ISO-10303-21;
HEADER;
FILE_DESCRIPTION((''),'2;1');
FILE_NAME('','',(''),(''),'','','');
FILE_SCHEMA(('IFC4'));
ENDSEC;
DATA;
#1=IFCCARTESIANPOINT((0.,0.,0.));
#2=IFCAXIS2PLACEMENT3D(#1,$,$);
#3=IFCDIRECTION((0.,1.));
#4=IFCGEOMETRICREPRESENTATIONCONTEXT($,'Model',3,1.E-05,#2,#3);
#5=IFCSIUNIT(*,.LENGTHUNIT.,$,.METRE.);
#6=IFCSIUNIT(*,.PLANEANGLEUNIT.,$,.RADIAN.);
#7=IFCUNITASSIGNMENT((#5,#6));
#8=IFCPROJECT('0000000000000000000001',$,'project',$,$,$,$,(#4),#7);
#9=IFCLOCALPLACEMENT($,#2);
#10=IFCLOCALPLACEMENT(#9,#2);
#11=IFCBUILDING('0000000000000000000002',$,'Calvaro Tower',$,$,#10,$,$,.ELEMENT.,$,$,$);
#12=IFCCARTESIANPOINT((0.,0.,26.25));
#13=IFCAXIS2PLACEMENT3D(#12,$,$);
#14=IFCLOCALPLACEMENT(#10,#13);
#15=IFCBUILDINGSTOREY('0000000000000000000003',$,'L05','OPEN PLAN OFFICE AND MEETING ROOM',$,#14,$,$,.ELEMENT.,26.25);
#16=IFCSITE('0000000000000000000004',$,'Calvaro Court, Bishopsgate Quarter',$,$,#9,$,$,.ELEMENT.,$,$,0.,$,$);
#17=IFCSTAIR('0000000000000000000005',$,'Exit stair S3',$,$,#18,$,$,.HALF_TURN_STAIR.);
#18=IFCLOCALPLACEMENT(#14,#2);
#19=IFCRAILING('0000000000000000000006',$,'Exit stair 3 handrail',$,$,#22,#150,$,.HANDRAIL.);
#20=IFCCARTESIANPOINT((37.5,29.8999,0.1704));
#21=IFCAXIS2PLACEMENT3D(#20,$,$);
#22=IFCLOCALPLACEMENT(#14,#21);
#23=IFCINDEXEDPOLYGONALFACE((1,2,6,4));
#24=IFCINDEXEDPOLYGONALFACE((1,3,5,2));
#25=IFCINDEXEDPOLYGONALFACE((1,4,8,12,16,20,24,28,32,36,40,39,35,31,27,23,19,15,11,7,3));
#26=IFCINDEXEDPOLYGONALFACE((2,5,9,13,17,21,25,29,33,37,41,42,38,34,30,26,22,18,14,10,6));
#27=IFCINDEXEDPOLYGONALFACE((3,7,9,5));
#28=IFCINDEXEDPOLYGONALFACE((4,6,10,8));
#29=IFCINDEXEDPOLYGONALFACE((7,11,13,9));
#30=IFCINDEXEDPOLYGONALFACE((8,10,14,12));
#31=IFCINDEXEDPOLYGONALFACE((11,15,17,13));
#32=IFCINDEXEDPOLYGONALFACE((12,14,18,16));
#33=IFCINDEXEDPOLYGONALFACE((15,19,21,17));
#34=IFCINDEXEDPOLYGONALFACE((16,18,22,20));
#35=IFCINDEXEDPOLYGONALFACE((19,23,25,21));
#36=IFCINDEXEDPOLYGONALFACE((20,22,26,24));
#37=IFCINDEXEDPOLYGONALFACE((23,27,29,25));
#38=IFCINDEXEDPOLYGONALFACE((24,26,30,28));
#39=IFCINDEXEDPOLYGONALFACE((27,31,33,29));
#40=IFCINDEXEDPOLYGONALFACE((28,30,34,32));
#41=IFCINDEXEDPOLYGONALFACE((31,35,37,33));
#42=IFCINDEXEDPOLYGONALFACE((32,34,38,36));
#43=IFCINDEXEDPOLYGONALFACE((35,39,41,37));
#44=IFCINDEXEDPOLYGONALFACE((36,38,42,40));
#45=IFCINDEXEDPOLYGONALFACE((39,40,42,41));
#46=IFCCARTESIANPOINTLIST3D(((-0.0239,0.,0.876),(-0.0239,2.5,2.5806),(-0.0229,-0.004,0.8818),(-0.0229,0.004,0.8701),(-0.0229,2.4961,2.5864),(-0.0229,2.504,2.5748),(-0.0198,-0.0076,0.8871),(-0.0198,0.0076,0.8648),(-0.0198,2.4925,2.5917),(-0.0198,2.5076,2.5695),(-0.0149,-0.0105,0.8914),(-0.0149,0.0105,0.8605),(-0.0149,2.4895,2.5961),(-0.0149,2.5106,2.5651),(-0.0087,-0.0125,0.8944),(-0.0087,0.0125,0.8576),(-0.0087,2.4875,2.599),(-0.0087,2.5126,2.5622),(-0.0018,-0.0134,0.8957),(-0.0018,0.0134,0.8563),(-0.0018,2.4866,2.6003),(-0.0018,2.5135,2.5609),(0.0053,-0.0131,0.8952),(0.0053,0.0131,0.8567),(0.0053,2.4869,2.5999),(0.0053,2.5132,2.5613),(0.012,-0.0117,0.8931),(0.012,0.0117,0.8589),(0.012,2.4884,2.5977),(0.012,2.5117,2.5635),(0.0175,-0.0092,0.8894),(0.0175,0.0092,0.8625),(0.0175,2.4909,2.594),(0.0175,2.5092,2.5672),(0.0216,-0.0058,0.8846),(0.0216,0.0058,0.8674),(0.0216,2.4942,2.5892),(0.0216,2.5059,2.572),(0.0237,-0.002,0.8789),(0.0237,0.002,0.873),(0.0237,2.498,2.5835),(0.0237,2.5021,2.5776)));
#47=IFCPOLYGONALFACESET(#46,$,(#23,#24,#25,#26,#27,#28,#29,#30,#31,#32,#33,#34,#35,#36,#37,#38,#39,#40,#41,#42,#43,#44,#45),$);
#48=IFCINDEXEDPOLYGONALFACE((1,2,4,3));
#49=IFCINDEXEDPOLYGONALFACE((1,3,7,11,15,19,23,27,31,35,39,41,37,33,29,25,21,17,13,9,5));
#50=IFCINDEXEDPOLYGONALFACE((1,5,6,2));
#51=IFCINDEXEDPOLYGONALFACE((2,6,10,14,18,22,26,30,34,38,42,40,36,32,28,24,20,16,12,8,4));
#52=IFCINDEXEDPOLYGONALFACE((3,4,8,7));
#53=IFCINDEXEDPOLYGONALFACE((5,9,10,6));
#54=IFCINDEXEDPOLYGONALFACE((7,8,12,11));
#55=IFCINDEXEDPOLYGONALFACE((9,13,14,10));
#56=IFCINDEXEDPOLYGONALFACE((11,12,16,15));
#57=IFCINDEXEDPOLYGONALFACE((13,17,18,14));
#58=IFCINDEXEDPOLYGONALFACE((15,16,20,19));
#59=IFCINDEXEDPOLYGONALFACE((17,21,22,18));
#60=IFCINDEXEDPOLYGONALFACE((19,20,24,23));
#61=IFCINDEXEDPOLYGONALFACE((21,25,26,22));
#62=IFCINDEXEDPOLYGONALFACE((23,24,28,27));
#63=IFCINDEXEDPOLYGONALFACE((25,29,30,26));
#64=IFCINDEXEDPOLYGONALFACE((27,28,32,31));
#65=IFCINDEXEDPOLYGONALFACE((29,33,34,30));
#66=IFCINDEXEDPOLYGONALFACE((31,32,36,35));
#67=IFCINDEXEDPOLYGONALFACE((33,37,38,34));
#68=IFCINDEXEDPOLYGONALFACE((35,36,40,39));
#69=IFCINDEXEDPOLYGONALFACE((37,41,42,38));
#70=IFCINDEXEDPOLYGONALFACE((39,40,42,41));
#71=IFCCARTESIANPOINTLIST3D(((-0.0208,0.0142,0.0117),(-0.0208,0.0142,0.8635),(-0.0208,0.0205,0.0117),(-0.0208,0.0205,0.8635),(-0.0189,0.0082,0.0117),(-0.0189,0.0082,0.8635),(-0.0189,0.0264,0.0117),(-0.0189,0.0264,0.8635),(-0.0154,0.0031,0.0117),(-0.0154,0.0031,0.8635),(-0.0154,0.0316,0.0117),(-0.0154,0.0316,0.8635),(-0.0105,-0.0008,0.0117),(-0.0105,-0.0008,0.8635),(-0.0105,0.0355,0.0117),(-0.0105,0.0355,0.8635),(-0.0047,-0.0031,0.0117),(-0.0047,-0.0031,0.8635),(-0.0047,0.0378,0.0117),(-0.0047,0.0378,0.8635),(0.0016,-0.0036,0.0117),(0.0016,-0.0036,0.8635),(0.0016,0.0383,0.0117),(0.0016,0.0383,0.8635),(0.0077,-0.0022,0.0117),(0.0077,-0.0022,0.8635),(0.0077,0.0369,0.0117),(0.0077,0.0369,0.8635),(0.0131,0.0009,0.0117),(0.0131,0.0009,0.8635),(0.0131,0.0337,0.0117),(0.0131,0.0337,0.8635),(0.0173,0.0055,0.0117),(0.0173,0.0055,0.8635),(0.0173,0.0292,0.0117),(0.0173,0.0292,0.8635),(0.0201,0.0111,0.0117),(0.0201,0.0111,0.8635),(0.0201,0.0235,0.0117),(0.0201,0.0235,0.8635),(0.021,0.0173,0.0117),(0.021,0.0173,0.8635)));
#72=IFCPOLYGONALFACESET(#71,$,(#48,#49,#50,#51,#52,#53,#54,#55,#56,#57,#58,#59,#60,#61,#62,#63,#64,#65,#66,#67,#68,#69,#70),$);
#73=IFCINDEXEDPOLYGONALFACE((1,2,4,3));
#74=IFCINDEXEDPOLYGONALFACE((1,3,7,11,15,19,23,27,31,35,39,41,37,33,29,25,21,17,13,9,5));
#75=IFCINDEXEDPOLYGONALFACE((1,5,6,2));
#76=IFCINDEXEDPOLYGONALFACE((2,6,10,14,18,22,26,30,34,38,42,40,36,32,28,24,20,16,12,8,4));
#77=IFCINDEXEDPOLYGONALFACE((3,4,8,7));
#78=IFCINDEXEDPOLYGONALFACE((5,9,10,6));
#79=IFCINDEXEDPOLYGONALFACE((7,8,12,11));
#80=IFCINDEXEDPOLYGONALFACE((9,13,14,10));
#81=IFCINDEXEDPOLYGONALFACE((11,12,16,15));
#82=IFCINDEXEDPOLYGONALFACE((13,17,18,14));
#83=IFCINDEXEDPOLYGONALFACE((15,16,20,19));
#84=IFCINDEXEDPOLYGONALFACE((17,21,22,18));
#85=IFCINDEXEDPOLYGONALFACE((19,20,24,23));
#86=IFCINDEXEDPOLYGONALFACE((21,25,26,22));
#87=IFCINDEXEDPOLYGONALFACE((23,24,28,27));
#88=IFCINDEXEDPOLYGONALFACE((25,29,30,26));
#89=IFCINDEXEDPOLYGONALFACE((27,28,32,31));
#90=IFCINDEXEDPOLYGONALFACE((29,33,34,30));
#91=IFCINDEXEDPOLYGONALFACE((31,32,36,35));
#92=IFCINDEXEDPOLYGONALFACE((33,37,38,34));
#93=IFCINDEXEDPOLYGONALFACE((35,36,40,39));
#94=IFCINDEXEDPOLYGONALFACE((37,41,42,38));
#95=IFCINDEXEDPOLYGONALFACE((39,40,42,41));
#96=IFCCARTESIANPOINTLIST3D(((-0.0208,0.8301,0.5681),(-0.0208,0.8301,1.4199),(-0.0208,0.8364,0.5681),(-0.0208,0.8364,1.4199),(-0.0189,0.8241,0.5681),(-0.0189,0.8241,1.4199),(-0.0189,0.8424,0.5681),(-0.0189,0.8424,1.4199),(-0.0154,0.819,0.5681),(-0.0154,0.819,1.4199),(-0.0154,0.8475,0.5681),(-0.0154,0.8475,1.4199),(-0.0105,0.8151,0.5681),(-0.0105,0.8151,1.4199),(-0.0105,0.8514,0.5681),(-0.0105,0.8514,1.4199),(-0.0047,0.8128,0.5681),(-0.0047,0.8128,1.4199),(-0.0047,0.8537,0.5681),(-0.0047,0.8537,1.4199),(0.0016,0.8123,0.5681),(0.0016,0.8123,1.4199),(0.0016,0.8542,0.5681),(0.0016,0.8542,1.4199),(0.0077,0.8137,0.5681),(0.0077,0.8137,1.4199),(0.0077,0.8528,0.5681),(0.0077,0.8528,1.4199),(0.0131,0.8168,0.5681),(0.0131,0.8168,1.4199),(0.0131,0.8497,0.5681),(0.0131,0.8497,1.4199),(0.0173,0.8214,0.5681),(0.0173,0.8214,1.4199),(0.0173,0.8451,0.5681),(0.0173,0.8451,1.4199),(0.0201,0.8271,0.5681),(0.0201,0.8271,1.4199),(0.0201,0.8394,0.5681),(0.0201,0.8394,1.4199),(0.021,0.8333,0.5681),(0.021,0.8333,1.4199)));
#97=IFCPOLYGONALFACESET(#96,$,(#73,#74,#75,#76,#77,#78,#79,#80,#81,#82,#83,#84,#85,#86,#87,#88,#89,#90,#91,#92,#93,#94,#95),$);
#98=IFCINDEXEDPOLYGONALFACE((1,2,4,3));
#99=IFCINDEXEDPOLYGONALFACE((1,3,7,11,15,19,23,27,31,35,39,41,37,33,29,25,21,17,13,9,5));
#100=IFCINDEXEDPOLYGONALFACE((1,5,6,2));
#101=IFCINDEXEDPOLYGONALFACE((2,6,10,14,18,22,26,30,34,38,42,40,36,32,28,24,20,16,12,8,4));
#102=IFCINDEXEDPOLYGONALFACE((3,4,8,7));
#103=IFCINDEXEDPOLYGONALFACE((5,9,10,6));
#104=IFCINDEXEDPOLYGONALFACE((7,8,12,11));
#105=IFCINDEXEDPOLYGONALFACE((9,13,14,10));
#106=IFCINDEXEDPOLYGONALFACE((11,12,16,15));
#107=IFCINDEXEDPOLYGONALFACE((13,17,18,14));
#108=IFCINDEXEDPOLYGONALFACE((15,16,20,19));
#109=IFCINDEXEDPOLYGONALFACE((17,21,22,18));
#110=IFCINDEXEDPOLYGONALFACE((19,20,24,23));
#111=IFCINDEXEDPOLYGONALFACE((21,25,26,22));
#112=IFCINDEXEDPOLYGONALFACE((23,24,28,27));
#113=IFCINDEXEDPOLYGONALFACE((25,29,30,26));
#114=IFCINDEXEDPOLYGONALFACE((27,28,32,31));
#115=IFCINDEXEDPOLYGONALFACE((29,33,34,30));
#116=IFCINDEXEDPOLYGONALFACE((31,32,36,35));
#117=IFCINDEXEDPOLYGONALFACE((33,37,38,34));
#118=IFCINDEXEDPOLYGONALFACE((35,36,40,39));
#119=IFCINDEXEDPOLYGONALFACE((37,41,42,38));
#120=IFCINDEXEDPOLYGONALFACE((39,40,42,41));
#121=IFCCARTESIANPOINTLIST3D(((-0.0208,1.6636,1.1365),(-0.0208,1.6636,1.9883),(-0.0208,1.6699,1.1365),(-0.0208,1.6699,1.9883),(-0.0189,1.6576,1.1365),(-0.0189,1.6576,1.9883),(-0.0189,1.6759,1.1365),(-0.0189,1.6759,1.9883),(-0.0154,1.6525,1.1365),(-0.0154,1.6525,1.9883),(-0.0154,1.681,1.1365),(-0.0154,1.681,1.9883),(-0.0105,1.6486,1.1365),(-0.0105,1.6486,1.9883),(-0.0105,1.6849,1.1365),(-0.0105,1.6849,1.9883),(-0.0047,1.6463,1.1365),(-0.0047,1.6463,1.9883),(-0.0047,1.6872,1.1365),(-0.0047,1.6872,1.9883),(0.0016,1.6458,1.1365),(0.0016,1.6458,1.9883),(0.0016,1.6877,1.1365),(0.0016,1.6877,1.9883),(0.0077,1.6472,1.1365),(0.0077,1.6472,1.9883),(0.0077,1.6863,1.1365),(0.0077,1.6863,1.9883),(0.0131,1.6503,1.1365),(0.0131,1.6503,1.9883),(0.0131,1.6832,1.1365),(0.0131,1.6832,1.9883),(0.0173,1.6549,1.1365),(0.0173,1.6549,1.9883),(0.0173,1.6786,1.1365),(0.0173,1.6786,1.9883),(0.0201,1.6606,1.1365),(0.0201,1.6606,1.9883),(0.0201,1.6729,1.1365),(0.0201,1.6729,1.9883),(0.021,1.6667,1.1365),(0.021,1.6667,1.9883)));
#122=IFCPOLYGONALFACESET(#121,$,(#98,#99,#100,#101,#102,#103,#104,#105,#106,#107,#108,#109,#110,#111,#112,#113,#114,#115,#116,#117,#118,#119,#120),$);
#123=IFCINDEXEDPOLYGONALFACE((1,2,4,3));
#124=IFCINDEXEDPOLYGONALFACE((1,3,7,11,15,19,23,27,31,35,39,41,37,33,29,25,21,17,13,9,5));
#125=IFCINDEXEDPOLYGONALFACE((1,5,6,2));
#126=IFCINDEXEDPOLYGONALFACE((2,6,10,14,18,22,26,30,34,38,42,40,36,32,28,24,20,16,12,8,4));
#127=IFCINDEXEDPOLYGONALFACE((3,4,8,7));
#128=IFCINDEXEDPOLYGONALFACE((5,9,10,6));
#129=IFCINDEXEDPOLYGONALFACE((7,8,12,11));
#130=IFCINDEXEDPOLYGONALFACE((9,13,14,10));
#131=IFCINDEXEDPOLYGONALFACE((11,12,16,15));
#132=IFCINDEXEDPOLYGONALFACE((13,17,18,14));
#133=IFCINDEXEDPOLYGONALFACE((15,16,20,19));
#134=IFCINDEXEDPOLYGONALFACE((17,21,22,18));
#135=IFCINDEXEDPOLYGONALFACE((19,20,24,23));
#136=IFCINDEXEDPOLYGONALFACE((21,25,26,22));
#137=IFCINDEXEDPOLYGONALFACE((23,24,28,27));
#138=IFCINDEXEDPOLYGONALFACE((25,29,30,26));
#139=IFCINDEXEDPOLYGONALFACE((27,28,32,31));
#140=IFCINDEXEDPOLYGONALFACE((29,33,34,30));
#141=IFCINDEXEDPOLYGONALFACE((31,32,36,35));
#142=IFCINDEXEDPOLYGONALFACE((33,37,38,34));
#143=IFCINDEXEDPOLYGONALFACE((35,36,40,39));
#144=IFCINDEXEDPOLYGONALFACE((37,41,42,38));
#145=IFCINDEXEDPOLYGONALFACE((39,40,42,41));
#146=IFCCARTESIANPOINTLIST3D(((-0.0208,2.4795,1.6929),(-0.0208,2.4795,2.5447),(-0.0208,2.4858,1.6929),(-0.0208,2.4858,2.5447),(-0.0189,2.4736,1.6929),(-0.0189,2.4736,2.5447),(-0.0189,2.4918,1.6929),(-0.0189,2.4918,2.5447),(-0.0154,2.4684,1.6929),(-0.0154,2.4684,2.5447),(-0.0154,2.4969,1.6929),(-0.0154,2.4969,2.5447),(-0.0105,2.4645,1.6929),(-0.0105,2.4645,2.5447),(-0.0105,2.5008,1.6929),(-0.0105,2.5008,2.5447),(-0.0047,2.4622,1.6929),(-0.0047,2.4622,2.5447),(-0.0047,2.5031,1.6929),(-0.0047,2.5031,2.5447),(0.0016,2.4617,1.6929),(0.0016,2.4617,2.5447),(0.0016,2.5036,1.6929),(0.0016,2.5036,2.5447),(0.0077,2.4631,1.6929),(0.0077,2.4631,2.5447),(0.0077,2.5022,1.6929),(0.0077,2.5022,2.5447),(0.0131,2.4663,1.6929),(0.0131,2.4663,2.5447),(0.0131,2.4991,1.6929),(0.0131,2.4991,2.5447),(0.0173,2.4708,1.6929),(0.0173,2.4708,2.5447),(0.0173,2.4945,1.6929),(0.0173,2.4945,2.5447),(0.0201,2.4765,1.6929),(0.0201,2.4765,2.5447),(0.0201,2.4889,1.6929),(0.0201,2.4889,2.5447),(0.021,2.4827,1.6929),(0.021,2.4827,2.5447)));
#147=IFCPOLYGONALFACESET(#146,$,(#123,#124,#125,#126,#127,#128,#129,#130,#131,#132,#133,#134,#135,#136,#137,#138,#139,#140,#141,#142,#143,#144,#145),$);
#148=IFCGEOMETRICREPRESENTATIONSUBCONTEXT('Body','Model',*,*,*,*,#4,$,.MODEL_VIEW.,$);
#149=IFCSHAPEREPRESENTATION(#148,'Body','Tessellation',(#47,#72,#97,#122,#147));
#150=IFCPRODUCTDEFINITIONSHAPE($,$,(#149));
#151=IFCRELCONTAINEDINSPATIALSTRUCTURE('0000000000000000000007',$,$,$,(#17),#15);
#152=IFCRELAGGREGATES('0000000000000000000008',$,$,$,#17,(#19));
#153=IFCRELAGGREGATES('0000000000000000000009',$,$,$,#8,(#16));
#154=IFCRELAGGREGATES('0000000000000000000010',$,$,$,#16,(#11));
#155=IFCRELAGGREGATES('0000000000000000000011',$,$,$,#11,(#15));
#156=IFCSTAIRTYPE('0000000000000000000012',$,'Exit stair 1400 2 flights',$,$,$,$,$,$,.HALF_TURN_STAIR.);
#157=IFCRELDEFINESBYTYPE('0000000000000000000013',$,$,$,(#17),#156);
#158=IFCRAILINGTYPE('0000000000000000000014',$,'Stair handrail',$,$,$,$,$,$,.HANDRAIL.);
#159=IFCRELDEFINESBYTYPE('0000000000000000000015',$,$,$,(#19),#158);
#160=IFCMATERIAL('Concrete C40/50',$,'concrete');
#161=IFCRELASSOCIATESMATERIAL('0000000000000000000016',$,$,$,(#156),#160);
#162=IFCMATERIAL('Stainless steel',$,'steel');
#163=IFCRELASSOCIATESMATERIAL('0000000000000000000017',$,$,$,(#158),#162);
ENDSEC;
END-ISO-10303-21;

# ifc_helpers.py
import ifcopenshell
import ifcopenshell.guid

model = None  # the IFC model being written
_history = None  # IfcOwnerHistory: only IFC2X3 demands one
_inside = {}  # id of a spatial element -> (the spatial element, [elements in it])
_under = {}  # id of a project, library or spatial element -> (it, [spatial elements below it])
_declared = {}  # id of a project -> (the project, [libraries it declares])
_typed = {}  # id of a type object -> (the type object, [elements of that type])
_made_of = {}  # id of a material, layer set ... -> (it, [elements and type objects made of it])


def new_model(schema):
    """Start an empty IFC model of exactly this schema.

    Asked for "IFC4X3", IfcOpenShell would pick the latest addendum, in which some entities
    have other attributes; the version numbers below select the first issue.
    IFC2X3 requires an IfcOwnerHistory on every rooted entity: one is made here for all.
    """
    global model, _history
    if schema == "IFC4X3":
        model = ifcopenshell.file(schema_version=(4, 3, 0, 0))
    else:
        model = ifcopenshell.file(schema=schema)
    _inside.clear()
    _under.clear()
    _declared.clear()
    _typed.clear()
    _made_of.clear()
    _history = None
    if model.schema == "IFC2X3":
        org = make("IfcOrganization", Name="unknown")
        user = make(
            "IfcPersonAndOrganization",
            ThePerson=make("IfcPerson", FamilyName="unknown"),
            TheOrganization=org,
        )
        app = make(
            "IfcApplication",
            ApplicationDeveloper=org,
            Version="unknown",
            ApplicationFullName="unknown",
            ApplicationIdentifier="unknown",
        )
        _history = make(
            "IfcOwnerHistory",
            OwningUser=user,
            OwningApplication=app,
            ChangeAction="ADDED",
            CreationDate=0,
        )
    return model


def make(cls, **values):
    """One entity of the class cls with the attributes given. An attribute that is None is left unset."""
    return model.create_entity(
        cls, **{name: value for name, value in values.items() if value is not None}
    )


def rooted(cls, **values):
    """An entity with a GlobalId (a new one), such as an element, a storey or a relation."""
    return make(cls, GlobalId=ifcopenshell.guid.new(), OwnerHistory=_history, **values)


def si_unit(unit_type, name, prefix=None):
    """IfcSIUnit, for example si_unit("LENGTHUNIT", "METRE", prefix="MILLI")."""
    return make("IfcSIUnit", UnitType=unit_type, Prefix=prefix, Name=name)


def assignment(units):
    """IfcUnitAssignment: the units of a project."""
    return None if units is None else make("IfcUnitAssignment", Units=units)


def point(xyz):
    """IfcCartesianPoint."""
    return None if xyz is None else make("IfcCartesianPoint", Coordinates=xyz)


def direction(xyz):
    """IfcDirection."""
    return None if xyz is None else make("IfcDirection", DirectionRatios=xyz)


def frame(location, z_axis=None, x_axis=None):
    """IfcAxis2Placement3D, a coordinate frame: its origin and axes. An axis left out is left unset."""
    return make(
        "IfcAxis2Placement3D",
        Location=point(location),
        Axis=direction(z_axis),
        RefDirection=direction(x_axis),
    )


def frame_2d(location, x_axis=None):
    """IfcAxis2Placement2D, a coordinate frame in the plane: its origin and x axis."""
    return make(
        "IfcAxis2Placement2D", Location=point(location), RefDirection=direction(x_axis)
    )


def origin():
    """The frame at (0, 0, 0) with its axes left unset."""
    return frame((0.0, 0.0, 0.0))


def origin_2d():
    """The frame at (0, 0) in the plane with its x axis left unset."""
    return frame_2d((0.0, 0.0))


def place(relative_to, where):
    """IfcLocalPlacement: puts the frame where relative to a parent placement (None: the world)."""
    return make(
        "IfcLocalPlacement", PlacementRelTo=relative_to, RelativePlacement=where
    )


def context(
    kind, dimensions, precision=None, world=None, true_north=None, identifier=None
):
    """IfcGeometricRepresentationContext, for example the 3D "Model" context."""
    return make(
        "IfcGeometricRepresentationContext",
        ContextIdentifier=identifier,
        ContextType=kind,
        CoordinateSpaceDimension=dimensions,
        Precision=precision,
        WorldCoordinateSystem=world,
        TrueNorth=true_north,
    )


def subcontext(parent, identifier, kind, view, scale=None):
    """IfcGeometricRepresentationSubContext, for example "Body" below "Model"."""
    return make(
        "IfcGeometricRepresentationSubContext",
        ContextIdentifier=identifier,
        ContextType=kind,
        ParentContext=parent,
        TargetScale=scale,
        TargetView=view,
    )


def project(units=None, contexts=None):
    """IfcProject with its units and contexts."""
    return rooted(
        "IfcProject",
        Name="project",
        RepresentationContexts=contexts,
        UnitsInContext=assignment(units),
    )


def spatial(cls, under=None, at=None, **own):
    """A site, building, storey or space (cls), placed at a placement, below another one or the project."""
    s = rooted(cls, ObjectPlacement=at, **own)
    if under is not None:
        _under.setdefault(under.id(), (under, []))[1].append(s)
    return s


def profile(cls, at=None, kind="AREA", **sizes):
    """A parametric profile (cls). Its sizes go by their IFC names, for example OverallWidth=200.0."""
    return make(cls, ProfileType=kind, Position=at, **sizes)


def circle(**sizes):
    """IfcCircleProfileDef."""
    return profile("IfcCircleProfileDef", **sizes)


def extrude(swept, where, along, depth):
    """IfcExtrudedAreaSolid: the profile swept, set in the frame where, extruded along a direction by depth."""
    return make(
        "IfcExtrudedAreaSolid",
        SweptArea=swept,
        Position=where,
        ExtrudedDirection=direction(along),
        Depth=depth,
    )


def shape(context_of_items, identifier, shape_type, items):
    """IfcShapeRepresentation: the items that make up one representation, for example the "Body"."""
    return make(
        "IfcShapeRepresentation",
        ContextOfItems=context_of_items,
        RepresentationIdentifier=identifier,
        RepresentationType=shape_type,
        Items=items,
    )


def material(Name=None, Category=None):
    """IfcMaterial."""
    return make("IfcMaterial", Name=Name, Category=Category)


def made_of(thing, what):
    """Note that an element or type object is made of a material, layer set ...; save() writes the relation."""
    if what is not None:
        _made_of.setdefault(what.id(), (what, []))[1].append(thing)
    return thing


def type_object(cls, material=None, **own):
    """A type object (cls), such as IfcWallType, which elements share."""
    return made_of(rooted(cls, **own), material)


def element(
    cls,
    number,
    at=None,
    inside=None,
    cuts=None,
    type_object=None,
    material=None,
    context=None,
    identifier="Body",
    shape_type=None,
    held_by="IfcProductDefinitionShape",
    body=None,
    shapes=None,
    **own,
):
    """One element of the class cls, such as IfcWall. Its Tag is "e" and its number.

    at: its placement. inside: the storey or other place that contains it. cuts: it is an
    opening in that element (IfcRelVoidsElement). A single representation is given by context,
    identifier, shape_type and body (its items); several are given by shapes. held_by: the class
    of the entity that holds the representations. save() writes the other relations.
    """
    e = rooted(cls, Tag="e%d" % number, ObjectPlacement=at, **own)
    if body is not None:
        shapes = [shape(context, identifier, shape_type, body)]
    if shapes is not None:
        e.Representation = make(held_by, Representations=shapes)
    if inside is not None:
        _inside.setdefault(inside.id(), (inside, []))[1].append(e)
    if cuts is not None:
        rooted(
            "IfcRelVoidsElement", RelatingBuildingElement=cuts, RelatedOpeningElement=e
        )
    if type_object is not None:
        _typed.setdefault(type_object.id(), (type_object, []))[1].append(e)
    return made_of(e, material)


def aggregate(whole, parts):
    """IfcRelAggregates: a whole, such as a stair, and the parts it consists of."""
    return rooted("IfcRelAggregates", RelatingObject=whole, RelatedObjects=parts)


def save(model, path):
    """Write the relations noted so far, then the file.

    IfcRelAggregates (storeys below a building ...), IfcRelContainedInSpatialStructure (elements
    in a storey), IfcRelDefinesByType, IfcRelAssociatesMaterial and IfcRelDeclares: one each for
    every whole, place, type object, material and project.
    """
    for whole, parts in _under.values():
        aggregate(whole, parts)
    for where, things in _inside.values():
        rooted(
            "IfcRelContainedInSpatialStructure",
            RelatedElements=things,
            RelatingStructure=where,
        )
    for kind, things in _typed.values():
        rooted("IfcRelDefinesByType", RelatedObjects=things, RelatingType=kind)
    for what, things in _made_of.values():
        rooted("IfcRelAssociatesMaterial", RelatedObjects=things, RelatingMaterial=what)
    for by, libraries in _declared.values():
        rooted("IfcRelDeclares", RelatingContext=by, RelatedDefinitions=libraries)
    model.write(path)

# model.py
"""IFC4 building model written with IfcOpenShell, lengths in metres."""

from ifc_helpers import new_model, si_unit, direction, frame, origin, origin_2d, place, context, subcontext, project, spatial, circle, extrude, material, type_object, element, aggregate, save


model = new_model("IFC4")

# Units and contexts
model_context = context("Model", 3, precision=1e-05, world=origin(), true_north=direction((0.0, 1.0)))
body_context = subcontext(model_context, "Body", "Model", "MODEL_VIEW")
ifc_project = project(units=[si_unit("LENGTHUNIT", "METRE"), si_unit("PLANEANGLEUNIT", "RADIAN")], contexts=[model_context])

# Site, building, storey
site_placement = place(None, origin())
site = spatial("IfcSite", under=ifc_project, at=site_placement, Name="Calvaro Court, Bishopsgate Quarter", CompositionType="ELEMENT", RefElevation=0.0)
building_placement = place(site_placement, origin())
building = spatial("IfcBuilding", under=site, at=building_placement, Name="Calvaro Tower", CompositionType="ELEMENT")
storey_placement = place(building_placement, frame((0.0, 0.0, 26.25)))
storey = spatial("IfcBuildingStorey", under=building, at=storey_placement, Name="L05", Description="OPEN PLAN OFFICE AND MEETING ROOM", CompositionType="ELEMENT", Elevation=26.25)

# Stair
ifc_material_1 = material(Name="Concrete C40/50", Category="concrete")
stair_type = type_object("IfcStairType", Name="Exit stair 1400 2 flights", PredefinedType="HALF_TURN_STAIR", material=ifc_material_1)
stair_1_placement = place(storey_placement, origin())
stair_1 = element("IfcStair", 1, at=stair_1_placement, inside=storey, type_object=stair_type, Name="Exit stair S3", PredefinedType="HALF_TURN_STAIR")

# Railing
ifc_material_2 = material(Name="Stainless steel", Category="steel")
railing_type = type_object("IfcRailingType", Name="Stair handrail", PredefinedType="HANDRAIL", material=ifc_material_2)
railing_1_placement = place(storey_placement, frame((37.5, 29.8999, 0.1704)))
railing_1 = element("IfcRailing", 2, at=railing_1_placement, type_object=railing_type, Name="Exit stair 3 handrail", PredefinedType="HANDRAIL", context=body_context, shape_type="SweptSolid", body=[
    extrude(circle(Radius=0.0239, at=origin_2d()), frame((0.0, 0.0, 0.876), z_axis=(0.0, 0.826221, 0.563347), x_axis=(-1.0, 0.0, 0.0)), (0.0, 0.0, 1.0), 3.0259),
    extrude(circle(Radius=0.021, at=origin_2d()), frame((0.0, 0.0173, 0.0117)), (0.0, 0.0, 1.0), 0.8518),
    extrude(circle(Radius=0.021, at=origin_2d()), frame((0.0, 0.8333, 0.5681)), (0.0, 0.0, 1.0), 0.8518),
    extrude(circle(Radius=0.021, at=origin_2d()), frame((0.0, 1.6667, 1.1365)), (0.0, 0.0, 1.0), 0.8518),
    extrude(circle(Radius=0.021, at=origin_2d()), frame((0.0, 2.4827, 1.6929)), (0.0, 0.0, 1.0), 0.8518),
])
aggregate(stair_1, [railing_1])

save(model, "model.ifc")
